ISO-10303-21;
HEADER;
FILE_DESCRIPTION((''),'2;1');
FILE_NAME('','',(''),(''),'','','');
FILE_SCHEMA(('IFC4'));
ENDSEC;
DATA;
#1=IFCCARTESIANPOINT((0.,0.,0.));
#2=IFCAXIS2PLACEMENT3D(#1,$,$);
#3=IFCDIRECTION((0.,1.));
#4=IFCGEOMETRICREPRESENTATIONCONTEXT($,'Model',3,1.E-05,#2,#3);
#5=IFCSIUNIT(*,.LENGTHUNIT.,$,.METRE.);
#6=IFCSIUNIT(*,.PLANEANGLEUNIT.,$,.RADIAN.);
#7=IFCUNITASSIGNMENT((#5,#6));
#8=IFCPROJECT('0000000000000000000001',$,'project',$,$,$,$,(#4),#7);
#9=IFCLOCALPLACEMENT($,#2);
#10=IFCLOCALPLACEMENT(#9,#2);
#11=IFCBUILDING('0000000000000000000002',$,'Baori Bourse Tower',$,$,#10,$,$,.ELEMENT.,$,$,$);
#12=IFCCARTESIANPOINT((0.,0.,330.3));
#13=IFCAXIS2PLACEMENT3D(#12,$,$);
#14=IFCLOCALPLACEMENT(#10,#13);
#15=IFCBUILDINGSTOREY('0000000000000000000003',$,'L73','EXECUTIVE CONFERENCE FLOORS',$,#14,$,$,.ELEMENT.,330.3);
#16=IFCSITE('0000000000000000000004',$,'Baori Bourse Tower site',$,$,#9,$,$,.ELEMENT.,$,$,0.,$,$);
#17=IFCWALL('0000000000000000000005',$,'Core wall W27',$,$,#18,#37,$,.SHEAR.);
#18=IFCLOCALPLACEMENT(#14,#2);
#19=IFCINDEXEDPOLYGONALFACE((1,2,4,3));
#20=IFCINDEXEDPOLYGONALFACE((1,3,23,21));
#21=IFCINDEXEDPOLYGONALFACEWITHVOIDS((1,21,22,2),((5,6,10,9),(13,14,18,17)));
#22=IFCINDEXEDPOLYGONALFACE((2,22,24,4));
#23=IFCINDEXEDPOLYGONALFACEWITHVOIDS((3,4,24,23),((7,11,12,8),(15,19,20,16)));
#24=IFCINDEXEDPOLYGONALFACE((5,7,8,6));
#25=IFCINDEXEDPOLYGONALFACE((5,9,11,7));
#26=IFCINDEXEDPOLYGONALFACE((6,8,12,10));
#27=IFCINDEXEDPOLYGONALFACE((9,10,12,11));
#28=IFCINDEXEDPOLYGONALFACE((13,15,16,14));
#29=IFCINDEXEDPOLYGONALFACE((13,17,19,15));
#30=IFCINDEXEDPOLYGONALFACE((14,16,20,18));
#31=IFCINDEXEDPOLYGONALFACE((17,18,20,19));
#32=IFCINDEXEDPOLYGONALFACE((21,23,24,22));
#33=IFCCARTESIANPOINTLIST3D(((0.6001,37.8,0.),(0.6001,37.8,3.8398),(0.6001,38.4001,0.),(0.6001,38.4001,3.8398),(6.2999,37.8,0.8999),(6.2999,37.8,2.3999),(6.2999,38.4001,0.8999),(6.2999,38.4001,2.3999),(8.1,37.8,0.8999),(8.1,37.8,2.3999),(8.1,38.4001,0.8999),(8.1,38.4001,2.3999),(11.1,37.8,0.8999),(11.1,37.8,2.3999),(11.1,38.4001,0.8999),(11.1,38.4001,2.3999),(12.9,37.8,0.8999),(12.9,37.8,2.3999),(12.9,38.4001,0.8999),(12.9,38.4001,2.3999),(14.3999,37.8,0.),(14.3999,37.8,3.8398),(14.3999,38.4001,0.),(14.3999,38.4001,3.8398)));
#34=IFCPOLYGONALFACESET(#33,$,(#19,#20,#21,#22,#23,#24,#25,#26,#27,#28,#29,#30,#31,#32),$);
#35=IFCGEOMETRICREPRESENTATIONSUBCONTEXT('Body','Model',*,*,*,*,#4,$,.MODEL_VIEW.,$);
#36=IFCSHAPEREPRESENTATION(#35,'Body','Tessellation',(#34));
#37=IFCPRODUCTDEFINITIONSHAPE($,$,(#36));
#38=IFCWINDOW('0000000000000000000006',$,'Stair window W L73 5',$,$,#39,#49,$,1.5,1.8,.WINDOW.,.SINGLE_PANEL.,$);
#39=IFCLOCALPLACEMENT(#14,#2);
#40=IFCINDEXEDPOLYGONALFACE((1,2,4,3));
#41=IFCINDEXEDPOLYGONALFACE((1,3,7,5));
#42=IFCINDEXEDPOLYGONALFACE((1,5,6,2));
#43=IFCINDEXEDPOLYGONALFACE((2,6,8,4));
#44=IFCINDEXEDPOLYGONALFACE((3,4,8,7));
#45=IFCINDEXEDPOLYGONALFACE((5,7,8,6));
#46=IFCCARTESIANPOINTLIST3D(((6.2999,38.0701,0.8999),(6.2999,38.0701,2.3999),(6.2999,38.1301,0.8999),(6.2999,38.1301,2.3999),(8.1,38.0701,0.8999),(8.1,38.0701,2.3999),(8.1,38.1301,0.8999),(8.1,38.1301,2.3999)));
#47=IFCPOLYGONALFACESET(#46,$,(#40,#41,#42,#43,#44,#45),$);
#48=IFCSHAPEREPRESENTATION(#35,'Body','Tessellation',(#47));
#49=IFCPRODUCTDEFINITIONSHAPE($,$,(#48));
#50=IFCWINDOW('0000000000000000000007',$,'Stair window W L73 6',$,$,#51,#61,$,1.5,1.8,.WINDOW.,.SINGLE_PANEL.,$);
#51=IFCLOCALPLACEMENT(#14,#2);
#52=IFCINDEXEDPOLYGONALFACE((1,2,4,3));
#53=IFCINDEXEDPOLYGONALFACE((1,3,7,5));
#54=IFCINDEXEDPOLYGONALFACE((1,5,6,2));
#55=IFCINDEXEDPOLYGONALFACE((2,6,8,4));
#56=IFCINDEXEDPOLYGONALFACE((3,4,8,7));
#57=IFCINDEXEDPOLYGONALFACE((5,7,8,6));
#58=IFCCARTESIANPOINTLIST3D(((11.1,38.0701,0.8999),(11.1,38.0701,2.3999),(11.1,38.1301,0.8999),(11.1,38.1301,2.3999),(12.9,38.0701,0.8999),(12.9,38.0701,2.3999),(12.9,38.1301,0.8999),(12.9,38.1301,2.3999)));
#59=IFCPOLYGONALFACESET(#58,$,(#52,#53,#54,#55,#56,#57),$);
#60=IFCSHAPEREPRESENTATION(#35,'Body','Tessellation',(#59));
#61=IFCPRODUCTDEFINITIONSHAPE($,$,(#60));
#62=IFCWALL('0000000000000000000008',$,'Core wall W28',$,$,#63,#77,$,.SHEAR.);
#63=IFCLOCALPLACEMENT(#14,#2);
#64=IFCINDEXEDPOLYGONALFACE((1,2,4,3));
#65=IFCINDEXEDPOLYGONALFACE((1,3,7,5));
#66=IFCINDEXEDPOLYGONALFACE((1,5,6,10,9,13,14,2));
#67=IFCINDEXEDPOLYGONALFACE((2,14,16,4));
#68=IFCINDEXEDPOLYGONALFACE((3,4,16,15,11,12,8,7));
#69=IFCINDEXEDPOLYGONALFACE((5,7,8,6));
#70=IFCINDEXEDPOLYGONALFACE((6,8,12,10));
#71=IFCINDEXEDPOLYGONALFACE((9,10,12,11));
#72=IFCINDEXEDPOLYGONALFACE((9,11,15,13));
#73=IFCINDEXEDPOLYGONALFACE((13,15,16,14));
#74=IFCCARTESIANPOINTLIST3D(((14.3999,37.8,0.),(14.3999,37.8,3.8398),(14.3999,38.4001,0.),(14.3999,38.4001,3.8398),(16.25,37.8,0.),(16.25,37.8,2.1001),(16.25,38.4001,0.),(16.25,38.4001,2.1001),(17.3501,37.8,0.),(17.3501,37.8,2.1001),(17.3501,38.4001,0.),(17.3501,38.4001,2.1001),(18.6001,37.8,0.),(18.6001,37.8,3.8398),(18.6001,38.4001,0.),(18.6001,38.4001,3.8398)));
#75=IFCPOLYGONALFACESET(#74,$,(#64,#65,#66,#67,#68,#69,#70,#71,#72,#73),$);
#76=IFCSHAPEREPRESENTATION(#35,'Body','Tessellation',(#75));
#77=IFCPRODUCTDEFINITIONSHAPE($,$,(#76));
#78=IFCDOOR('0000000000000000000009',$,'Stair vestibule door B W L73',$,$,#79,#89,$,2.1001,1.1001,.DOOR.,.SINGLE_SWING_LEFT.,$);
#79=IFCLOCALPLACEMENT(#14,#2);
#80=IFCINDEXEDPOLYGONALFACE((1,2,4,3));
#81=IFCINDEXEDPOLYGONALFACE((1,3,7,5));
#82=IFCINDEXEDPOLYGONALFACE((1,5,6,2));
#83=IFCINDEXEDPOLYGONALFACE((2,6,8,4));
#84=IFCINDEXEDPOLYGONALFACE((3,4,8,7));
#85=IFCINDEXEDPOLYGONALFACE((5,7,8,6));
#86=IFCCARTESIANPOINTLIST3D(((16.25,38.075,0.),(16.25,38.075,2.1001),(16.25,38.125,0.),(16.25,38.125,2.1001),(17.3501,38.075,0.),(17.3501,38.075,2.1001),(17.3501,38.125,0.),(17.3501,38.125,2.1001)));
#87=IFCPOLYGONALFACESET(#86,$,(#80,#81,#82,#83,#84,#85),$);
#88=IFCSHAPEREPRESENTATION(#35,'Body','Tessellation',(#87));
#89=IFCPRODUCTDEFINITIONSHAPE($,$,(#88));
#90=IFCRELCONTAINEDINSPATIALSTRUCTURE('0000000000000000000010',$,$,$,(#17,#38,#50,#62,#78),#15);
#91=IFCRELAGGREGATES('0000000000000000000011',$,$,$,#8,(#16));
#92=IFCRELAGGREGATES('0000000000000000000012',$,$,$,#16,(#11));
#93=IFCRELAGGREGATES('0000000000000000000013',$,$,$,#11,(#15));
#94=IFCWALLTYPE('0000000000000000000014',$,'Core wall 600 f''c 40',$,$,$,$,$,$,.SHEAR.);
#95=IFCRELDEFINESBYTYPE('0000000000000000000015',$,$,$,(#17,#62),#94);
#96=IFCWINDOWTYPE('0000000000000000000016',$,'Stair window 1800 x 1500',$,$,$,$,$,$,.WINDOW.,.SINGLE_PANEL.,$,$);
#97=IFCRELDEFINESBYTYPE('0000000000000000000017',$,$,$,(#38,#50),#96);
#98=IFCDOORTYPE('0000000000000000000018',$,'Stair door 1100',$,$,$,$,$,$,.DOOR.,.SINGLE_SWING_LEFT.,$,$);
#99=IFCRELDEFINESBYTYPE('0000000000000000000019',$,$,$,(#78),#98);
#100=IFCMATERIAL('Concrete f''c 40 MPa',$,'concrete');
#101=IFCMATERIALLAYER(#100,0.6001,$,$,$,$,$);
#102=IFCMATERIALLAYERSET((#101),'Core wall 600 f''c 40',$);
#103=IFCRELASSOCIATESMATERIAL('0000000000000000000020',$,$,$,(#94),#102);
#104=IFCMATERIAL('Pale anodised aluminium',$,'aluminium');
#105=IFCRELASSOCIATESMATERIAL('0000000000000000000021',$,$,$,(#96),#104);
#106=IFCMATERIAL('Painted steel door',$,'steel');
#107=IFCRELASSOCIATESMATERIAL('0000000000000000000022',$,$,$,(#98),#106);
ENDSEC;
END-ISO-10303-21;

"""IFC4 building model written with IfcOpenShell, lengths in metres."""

from ifc_helpers import new_model, si_unit, direction, frame, frame_2d, origin, place, context, subcontext, project, spatial, rectangle, extrude, material, layer, layer_set, type_object, element, fill, save


model = new_model("IFC4")

# Units and contexts
model_context = context("Model", 3, precision=1e-05, world=origin(), true_north=direction((0.0, 1.0)))
body_context = subcontext(model_context, "Body", "Model", "MODEL_VIEW")
ifc_project = project(units=[si_unit("LENGTHUNIT", "METRE"), si_unit("PLANEANGLEUNIT", "RADIAN")], contexts=[model_context])

# Site, building, storey
site_placement = place(None, origin())
site = spatial("IfcSite", under=ifc_project, at=site_placement, Name="Baori Bourse Tower site", CompositionType="ELEMENT", RefElevation=0.0)
building_placement = place(site_placement, origin())
building = spatial("IfcBuilding", under=site, at=building_placement, Name="Baori Bourse Tower", CompositionType="ELEMENT")
storey_placement = place(building_placement, frame((0.0, 0.0, 330.3)))
storey = spatial("IfcBuildingStorey", under=building, at=storey_placement, Name="L73", Description="EXECUTIVE CONFERENCE FLOORS", CompositionType="ELEMENT", Elevation=330.3)

# Wall, openings, windows
ifc_material_1 = material(Name="Concrete f'c 40 MPa", Category="concrete")
ifc_layer_1 = layer(ifc_material_1, 0.6001)
ifc_layer_set_1 = layer_set([ifc_layer_1], Name="Core wall 600 f'c 40")
wall_type_1 = type_object("IfcWallType", Name="Core wall 600 f'c 40", PredefinedType="SHEAR", material=ifc_layer_set_1)
wall_1_placement = place(storey_placement, frame((0.6001, 38.1001, 0.0), z_axis=(0.0, 0.0, 1.0), x_axis=(1.0, 0.0, 0.0)))
wall_1 = element("IfcWall", 1, at=wall_1_placement, inside=storey, type_object=wall_type_1, Name="Core wall W27", PredefinedType="SHEAR", context=body_context, shape_type="SweptSolid", body=[
    extrude(rectangle(XDim=13.7998, YDim=0.6001, at=frame_2d((6.8999, 0.0))), origin(), (0.0, 0.0, 1.0), 3.8398),
])
opening_1_placement = place(wall_1_placement, frame((5.7, 0.0, 0.8999)))
opening_1 = element("IfcOpeningElement", 2, at=opening_1_placement, cuts=wall_1, PredefinedType="OPENING", context=body_context, shape_type="SweptSolid", body=[
    extrude(rectangle(XDim=1.8, YDim=1.5, at=frame_2d((0.8999, 0.75))), frame((0.0, 0.3101, 0.0), z_axis=(0.0, -1.0, 0.0), x_axis=(1.0, 0.0, 0.0)), (0.0, 0.0, 1.0), 0.6201),
])
opening_2_placement = place(wall_1_placement, frame((10.5, 0.0, 0.8999)))
opening_2 = element("IfcOpeningElement", 3, at=opening_2_placement, cuts=wall_1, PredefinedType="OPENING", context=body_context, shape_type="SweptSolid", body=[
    extrude(rectangle(XDim=1.8, YDim=1.5, at=frame_2d((0.8999, 0.75))), frame((0.0, 0.3101, 0.0), z_axis=(0.0, -1.0, 0.0), x_axis=(1.0, 0.0, 0.0)), (0.0, 0.0, 1.0), 0.6201),
])
ifc_material_2 = material(Name="Pale anodised aluminium", Category="aluminium")
window_type = type_object("IfcWindowType", Name="Stair window 1800 x 1500", PartitioningType="SINGLE_PANEL", PredefinedType="WINDOW", material=ifc_material_2)
window_1_placement = place(opening_1_placement, origin())
window_1 = element("IfcWindow", 4, at=window_1_placement, inside=storey, type_object=window_type, Name="Stair window W L73 5", OverallHeight=1.5, OverallWidth=1.8, PartitioningType="SINGLE_PANEL", PredefinedType="WINDOW", context=body_context, shape_type="SweptSolid", body=[
    extrude(rectangle(XDim=1.8, YDim=1.5, at=frame_2d((0.8999, 0.75))), frame((0.0, 0.03, 0.0), z_axis=(0.0, -1.0, 0.0), x_axis=(1.0, 0.0, 0.0)), (0.0, 0.0, 1.0), 0.0601),
])
fill(opening_1, window_1)
window_2_placement = place(opening_2_placement, origin())
window_2 = element("IfcWindow", 5, at=window_2_placement, inside=storey, type_object=window_type, Name="Stair window W L73 6", OverallHeight=1.5, OverallWidth=1.8, PartitioningType="SINGLE_PANEL", PredefinedType="WINDOW", context=body_context, shape_type="SweptSolid", body=[
    extrude(rectangle(XDim=1.8, YDim=1.5, at=frame_2d((0.8999, 0.75))), frame((0.0, 0.03, 0.0), z_axis=(0.0, -1.0, 0.0), x_axis=(1.0, 0.0, 0.0)), (0.0, 0.0, 1.0), 0.0601),
])
fill(opening_2, window_2)

# Wall, opening, door
wall_2_placement = place(storey_placement, frame((14.3999, 38.1001, 0.0), z_axis=(0.0, 0.0, 1.0), x_axis=(1.0, 0.0, 0.0)))
wall_2 = element("IfcWall", 6, at=wall_2_placement, inside=storey, type_object=wall_type_1, Name="Core wall W28", PredefinedType="SHEAR", context=body_context, shape_type="SweptSolid", body=[
    extrude(rectangle(XDim=4.2002, YDim=0.6001, at=frame_2d((2.1001, 0.0))), origin(), (0.0, 0.0, 1.0), 3.8398),
])
opening_3_placement = place(wall_2_placement, frame((1.8501, 0.0, 0.0)))
opening_3 = element("IfcOpeningElement", 7, at=opening_3_placement, cuts=wall_2, PredefinedType="OPENING", context=body_context, shape_type="SweptSolid", body=[
    extrude(rectangle(XDim=1.1001, YDim=2.1001, at=frame_2d((0.55, 1.05))), frame((0.0, 0.3101, 0.0), z_axis=(0.0, -1.0, 0.0), x_axis=(1.0, 0.0, 0.0)), (0.0, 0.0, 1.0), 0.6201),
])
ifc_material_3 = material(Name="Painted steel door", Category="steel")
door_type_1 = type_object("IfcDoorType", Name="Stair door 1100", OperationType="SINGLE_SWING_LEFT", PredefinedType="DOOR", material=ifc_material_3)
door_1_placement = place(opening_3_placement, origin())
door_1 = element("IfcDoor", 8, at=door_1_placement, inside=storey, type_object=door_type_1, Name="Stair vestibule door B W L73", OperationType="SINGLE_SWING_LEFT", OverallHeight=2.1001, OverallWidth=1.1001, PredefinedType="DOOR", context=body_context, shape_type="SweptSolid", body=[
    extrude(rectangle(XDim=1.1001, YDim=2.1001, at=frame_2d((0.55, 1.05))), frame((0.0, 0.0249, 0.0), z_axis=(0.0, -1.0, 0.0), x_axis=(1.0, 0.0, 0.0)), (0.0, 0.0, 1.0), 0.05),
])
fill(opening_3, door_1)

save(model, "model.ifc")
